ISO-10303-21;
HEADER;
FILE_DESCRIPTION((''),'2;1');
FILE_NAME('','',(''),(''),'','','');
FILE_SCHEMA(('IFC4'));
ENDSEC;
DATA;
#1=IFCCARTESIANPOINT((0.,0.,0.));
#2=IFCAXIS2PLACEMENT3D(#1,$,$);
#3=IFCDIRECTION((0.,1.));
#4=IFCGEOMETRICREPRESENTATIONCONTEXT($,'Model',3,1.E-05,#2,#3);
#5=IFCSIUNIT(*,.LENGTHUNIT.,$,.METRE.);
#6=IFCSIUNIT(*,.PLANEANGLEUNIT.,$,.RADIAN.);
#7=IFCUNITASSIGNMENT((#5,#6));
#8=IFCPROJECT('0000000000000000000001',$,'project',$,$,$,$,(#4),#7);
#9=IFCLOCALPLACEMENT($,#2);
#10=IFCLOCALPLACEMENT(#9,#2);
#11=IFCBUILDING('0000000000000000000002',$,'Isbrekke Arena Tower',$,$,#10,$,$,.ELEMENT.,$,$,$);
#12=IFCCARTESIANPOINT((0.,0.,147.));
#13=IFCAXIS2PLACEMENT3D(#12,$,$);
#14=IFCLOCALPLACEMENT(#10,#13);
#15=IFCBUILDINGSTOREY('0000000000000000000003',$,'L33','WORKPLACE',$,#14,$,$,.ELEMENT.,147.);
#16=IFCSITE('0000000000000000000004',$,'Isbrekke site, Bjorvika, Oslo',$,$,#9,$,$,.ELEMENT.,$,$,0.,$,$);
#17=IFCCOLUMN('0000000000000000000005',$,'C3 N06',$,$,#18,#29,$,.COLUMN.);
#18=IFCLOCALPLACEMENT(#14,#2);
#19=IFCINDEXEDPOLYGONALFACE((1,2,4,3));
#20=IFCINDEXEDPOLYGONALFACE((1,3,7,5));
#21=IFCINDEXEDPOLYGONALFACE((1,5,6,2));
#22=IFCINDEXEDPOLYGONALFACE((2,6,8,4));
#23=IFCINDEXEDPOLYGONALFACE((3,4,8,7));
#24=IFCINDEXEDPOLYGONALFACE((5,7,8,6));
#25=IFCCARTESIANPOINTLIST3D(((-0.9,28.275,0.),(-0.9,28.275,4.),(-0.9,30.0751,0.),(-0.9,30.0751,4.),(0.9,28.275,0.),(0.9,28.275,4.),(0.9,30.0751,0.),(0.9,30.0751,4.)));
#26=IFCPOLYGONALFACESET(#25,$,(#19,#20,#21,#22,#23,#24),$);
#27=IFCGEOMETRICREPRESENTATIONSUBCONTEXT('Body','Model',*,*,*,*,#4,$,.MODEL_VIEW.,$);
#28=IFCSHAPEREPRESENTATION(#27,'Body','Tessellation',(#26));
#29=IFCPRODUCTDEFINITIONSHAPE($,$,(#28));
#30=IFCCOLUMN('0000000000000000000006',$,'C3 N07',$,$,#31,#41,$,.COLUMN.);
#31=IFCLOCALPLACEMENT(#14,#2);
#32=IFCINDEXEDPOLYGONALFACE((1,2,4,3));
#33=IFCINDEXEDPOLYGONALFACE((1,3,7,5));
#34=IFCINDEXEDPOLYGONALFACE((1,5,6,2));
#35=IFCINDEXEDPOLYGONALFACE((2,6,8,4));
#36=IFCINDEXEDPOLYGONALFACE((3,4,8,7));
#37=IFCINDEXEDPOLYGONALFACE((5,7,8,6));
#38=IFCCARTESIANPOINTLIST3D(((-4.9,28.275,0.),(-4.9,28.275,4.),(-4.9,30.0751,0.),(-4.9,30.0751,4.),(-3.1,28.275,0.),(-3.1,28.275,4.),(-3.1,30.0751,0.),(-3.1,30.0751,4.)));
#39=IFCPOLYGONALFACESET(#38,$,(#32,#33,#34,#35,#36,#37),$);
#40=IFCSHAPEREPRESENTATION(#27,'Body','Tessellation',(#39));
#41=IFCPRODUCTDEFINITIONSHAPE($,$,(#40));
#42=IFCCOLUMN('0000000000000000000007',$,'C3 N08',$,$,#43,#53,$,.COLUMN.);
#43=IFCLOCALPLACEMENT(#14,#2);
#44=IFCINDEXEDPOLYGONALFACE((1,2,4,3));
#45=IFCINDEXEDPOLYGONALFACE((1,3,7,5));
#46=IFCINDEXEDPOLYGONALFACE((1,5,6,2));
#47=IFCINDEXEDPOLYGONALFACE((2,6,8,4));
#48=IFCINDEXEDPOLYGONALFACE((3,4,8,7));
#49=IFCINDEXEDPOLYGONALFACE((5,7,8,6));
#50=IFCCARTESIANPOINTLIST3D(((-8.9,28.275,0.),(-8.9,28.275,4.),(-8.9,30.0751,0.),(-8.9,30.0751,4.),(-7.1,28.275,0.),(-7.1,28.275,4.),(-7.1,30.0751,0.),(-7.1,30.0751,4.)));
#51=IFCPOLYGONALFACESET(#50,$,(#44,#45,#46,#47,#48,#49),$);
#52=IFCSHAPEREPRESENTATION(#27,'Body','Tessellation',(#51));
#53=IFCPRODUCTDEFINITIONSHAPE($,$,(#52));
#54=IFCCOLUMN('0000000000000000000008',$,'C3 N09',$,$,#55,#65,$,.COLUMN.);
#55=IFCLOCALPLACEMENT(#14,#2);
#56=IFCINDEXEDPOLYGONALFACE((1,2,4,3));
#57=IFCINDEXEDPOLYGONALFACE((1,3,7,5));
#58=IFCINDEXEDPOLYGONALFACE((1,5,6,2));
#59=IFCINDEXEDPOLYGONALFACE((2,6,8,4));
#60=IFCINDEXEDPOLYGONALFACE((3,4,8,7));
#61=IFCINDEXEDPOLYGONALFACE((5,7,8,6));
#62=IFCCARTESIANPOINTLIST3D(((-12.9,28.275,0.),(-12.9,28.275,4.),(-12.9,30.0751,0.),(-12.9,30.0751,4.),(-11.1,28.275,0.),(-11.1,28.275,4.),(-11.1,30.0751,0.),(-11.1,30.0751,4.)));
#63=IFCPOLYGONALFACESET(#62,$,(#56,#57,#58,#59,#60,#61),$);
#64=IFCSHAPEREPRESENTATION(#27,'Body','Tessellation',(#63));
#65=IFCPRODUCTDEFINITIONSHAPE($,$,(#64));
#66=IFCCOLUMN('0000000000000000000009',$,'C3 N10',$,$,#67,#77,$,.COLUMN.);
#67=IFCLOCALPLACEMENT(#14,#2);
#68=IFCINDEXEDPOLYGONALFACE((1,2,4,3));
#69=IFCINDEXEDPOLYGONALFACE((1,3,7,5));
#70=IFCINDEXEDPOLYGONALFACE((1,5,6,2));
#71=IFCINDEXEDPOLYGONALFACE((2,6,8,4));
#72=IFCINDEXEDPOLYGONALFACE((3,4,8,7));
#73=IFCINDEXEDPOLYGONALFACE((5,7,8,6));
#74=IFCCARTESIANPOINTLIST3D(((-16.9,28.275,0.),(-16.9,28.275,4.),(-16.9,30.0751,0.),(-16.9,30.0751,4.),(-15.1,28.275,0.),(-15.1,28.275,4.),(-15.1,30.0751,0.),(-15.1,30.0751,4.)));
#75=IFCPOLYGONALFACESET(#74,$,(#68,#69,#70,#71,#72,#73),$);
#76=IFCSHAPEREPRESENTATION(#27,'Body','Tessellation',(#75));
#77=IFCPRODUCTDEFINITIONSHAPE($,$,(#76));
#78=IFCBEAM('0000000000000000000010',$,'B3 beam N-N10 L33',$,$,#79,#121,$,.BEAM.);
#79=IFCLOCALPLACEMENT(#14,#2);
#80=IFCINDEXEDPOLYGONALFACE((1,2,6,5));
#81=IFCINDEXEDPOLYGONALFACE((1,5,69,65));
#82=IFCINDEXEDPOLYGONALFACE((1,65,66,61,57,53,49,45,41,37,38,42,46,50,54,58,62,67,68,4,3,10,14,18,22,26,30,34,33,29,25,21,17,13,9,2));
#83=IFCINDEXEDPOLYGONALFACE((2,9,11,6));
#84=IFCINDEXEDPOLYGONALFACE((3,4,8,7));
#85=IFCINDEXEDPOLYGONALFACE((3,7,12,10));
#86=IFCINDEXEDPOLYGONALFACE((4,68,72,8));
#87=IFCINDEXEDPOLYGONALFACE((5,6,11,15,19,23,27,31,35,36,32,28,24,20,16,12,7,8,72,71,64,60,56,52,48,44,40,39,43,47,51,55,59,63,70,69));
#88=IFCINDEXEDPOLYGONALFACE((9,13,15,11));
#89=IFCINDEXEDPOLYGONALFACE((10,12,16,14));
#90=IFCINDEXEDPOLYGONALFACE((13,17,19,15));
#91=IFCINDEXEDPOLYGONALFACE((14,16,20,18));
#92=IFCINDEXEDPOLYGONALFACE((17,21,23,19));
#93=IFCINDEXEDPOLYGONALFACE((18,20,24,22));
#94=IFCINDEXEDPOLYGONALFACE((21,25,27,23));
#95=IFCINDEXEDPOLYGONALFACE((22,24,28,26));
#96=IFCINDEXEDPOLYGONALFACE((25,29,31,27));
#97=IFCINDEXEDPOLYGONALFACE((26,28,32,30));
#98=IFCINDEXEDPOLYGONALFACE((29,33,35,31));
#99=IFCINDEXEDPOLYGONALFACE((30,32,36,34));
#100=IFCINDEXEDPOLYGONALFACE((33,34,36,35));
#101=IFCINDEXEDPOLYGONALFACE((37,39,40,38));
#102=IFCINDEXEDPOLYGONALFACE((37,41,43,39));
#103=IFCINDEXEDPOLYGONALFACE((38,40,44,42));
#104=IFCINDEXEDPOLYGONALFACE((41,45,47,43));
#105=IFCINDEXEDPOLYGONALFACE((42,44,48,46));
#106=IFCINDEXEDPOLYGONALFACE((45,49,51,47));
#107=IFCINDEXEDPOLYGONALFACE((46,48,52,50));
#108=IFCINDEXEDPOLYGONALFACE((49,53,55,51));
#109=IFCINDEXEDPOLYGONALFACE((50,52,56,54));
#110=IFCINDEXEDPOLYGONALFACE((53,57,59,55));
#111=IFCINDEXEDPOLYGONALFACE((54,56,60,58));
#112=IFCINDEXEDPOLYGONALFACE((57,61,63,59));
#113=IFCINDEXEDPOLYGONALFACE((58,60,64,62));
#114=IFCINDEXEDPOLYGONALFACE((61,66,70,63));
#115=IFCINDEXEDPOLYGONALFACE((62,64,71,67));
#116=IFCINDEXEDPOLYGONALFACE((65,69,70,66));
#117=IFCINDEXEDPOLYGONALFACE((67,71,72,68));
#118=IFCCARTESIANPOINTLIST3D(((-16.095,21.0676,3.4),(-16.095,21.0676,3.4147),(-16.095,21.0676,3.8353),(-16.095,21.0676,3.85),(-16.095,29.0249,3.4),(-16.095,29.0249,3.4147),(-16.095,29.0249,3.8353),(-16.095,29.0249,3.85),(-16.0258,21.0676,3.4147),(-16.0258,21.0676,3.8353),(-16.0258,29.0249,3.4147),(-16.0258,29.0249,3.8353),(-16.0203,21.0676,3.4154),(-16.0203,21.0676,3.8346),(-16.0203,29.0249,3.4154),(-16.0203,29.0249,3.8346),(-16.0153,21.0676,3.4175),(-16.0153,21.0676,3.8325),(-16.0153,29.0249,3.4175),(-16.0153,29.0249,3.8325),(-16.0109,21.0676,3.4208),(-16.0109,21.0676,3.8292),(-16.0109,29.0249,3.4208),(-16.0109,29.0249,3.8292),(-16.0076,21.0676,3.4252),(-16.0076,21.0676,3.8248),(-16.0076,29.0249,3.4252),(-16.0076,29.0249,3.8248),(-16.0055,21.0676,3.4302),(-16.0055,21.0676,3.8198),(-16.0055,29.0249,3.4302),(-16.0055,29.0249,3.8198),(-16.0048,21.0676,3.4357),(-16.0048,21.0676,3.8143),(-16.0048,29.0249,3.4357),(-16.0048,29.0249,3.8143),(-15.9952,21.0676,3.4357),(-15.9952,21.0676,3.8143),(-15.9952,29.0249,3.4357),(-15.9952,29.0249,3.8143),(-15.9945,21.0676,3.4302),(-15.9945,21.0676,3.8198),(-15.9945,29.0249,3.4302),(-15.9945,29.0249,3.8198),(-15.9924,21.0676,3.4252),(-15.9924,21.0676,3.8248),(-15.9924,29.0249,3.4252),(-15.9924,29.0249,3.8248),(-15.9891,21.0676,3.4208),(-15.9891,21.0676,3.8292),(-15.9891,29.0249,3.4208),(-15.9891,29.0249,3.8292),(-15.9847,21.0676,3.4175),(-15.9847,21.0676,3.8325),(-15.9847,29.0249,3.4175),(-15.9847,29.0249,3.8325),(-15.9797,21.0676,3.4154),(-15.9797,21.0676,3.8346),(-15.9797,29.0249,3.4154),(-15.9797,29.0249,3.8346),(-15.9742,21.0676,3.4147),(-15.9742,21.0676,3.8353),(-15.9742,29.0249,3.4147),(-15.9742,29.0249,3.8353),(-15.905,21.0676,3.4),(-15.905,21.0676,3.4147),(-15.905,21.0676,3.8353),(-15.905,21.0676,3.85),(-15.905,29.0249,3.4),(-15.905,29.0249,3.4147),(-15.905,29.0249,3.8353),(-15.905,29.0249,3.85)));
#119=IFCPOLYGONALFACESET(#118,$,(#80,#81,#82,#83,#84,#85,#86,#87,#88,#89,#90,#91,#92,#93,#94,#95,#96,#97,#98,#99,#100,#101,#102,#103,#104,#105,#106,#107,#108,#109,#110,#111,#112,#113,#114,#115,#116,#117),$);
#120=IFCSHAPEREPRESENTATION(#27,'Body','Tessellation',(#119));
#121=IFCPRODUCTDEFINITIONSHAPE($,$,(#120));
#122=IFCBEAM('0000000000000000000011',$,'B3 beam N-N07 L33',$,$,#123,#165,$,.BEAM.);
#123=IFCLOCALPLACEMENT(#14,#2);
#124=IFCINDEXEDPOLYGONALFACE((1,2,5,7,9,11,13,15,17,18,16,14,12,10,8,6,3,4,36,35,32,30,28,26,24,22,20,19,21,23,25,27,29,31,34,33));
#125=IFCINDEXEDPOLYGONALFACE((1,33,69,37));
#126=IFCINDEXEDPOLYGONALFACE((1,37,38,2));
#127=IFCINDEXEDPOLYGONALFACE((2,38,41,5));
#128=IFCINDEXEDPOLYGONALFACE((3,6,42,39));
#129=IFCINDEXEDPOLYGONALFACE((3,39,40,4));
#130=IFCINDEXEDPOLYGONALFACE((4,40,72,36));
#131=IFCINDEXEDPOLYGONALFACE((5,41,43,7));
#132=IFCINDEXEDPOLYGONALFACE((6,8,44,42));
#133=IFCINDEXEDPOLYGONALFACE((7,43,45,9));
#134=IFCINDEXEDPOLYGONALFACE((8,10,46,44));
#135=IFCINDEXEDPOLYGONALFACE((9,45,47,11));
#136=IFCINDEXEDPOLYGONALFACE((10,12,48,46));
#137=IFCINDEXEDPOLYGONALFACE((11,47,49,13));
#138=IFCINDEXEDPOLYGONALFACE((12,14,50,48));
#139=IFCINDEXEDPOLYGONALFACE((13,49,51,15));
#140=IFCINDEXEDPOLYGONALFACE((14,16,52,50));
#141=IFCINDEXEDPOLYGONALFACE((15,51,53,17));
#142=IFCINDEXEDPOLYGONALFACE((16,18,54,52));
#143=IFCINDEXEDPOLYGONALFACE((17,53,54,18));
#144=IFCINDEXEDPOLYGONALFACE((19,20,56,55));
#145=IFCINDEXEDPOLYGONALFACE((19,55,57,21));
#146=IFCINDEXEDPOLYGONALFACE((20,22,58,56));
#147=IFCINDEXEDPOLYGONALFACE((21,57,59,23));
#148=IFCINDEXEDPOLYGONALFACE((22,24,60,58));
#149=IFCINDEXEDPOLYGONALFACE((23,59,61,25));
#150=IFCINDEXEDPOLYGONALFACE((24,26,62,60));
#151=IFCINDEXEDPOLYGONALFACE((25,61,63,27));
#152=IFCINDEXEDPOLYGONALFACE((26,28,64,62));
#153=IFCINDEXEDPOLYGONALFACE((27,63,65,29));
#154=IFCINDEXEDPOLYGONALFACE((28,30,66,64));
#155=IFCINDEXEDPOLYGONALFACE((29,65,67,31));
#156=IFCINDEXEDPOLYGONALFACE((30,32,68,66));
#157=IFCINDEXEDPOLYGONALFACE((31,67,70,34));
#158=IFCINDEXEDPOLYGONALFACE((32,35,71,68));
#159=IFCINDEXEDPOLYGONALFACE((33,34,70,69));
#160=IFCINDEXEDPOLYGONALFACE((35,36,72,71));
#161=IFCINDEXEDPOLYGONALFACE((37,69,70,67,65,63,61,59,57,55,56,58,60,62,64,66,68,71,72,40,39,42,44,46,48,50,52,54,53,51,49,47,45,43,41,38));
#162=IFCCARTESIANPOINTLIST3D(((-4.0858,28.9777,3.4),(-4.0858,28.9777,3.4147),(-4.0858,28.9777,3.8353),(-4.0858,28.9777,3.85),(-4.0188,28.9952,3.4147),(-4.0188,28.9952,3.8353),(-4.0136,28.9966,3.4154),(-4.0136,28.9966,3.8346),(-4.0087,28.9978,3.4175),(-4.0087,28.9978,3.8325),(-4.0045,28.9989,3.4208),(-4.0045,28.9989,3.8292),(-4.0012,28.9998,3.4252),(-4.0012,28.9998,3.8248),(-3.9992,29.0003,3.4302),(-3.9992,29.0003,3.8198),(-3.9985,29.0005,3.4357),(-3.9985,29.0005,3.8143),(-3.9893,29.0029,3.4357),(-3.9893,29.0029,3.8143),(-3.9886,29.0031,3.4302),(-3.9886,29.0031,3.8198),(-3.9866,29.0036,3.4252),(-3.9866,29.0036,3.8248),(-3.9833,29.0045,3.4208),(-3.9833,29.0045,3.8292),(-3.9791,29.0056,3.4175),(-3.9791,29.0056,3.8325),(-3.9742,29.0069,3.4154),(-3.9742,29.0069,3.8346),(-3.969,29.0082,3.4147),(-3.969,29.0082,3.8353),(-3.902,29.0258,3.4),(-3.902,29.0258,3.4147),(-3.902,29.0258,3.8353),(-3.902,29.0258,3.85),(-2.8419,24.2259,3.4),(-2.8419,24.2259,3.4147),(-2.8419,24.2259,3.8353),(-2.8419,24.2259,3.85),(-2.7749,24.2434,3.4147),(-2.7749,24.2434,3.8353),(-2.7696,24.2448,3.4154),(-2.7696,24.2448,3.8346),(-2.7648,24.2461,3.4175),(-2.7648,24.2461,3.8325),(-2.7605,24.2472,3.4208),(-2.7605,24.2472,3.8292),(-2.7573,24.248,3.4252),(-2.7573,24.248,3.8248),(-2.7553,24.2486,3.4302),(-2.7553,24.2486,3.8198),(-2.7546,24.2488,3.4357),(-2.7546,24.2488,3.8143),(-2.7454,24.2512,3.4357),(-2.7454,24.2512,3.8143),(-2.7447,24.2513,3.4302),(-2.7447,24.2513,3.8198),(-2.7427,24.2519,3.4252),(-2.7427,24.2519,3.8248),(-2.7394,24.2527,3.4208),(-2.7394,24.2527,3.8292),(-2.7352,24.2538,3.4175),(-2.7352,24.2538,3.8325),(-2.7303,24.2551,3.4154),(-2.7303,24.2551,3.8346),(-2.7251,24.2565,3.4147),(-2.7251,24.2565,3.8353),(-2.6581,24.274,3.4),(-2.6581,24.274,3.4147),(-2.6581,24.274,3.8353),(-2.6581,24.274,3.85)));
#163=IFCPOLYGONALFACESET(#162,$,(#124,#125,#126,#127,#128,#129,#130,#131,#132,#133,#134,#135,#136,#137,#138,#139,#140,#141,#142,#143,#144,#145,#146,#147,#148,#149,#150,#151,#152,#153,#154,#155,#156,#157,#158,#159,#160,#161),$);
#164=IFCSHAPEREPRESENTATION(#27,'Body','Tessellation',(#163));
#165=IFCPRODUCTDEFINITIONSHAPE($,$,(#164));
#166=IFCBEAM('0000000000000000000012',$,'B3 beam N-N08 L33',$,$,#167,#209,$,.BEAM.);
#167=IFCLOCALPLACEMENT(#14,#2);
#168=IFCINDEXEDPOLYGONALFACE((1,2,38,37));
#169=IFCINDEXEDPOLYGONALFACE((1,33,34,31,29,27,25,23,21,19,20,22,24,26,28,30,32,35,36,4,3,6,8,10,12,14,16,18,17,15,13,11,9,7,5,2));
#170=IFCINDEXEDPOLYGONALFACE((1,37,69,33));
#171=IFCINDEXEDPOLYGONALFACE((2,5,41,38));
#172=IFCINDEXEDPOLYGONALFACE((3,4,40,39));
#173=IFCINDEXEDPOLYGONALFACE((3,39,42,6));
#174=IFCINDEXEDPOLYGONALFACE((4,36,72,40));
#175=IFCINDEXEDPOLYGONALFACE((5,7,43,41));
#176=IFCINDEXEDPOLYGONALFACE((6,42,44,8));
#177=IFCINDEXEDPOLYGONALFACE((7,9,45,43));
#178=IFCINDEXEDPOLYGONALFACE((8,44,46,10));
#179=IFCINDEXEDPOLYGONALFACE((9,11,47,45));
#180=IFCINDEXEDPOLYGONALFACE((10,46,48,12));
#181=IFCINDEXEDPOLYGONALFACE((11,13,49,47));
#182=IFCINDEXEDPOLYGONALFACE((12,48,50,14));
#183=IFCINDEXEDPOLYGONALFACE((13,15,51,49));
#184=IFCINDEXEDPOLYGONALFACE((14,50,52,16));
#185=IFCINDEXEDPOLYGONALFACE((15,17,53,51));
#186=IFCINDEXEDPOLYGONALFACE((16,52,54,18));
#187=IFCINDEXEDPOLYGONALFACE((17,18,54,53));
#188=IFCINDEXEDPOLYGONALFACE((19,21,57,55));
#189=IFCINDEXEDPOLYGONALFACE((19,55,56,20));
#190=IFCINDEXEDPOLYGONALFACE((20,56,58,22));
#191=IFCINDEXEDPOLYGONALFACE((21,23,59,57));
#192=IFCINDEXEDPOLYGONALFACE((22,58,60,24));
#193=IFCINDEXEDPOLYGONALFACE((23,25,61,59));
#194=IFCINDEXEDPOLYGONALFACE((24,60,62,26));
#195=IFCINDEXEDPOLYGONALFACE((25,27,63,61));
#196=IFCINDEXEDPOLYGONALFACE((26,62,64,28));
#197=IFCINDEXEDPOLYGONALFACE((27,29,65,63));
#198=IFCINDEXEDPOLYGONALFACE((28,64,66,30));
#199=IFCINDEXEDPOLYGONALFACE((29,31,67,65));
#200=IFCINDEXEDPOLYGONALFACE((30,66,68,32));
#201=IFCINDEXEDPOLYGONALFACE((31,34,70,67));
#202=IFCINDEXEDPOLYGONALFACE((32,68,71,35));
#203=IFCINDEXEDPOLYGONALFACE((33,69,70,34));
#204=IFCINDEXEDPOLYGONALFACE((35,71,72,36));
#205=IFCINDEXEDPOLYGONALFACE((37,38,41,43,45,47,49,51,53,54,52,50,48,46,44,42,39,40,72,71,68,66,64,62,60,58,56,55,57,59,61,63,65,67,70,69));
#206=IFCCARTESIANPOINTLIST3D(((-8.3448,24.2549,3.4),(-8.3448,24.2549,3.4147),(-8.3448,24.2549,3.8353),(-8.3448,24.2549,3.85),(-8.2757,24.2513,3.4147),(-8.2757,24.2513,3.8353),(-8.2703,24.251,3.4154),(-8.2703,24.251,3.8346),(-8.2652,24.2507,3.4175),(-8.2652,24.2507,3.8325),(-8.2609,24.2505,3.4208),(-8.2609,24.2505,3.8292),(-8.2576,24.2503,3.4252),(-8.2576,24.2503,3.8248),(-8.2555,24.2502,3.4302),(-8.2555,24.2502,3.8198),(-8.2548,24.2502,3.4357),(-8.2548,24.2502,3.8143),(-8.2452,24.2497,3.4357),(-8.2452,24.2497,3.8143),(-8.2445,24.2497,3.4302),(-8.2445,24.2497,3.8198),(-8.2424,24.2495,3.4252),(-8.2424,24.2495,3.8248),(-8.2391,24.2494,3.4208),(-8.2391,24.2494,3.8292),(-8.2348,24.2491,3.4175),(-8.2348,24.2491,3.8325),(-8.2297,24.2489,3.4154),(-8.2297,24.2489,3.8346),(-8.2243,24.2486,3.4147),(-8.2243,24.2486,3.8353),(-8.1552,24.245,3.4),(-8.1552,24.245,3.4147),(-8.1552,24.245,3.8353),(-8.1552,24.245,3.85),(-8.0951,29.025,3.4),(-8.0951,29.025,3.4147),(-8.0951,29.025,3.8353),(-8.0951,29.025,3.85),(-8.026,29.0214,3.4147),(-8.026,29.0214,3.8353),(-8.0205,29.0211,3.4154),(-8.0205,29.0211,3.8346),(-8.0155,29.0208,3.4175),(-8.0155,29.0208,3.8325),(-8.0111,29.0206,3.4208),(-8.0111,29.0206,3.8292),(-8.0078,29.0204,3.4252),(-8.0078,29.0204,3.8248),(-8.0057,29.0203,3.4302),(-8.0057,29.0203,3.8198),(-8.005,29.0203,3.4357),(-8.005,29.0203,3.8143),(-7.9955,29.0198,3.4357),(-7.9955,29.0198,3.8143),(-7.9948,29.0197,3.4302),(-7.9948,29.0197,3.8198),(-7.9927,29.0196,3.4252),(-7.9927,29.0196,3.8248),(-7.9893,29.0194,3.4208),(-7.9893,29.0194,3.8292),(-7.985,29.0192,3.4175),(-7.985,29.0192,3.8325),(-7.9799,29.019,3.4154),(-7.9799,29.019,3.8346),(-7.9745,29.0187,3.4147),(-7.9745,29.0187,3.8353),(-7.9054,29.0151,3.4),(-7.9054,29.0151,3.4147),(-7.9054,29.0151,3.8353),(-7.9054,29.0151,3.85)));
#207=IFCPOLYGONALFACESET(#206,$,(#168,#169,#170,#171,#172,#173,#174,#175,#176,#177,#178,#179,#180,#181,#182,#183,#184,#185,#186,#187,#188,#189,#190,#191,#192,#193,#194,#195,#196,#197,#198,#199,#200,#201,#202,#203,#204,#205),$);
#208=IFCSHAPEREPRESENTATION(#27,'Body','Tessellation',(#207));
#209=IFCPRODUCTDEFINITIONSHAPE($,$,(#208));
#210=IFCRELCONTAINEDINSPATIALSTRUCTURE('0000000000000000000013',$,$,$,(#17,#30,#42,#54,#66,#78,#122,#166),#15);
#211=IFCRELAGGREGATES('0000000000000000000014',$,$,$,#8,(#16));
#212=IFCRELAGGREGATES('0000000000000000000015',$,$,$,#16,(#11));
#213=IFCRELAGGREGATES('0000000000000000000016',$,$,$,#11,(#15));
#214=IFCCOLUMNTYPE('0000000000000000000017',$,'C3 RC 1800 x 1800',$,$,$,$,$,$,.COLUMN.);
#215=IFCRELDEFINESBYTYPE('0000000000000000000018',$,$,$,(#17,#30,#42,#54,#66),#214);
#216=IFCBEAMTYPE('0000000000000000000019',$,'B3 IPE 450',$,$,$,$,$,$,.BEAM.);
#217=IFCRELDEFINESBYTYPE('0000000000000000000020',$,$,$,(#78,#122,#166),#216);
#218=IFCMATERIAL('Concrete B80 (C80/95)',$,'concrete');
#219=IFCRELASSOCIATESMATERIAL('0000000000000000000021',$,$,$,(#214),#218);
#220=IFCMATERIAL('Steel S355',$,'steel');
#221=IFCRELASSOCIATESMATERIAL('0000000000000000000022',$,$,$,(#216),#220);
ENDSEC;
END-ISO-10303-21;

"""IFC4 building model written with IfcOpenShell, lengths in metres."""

from ifc_helpers import new_model, si_unit, direction, frame, origin, origin_2d, place, context, subcontext, project, spatial, rectangle, i_section, extrude, material, material_profile, profile_set, type_object, element, save


model = new_model("IFC4")

# Units and contexts
model_context = context("Model", 3, precision=1e-05, world=origin(), true_north=direction((0.0, 1.0)))
body_context = subcontext(model_context, "Body", "Model", "MODEL_VIEW")
ifc_project = project(units=[si_unit("LENGTHUNIT", "METRE"), si_unit("PLANEANGLEUNIT", "RADIAN")], contexts=[model_context])

# Site, building, storey
site_placement = place(None, origin())
site = spatial("IfcSite", under=ifc_project, at=site_placement, Name="Isbrekke site, Bjorvika, Oslo", CompositionType="ELEMENT", RefElevation=0.0)
building_placement = place(site_placement, origin())
building = spatial("IfcBuilding", under=site, at=building_placement, Name="Isbrekke Arena Tower", CompositionType="ELEMENT")
storey_placement = place(building_placement, frame((0.0, 0.0, 147.0)))
storey = spatial("IfcBuildingStorey", under=building, at=storey_placement, Name="L33", Description="WORKPLACE", CompositionType="ELEMENT", Elevation=147.0)

# Columns
ifc_material_1 = material(Name="Concrete B80 (C80/95)", Category="concrete")
ifc_material_profile_1 = material_profile(ifc_material_1, rectangle(XDim=1.8, YDim=1.8, at=origin_2d()), Name="RC 1800x1800")
ifc_profile_set_1 = profile_set([ifc_material_profile_1], Name="Concrete B80 (C80/95)")
column_type = type_object("IfcColumnType", Name="C3 RC 1800 x 1800", PredefinedType="COLUMN", material=ifc_profile_set_1)
for number, where, z_axis, x_axis, name in (
    (1, (0.0, 29.175, 0.0), (0.0, 0.0, 1.0), (-1.0, 0.0, 0.0), "C3 N06"),
    (2, (-4.0, 29.175, 0.0), (0.0, 0.0, 1.0), (-1.0, 0.0, 0.0), "C3 N07"),
    (3, (-8.0, 29.175, 0.0), (0.0, 0.0, 1.0), (-1.0, 0.0, 0.0), "C3 N08"),
    (4, (-12.0, 29.175, 0.0), (0.0, 0.0, 1.0), (-1.0, 0.0, 0.0), "C3 N09"),
    (5, (-16.0, 29.175, 0.0), (0.0, 0.0, 1.0), (-1.0, 0.0, 0.0), "C3 N10"),
):
    element("IfcColumn", number, at=place(storey_placement, frame(where, z_axis=z_axis, x_axis=x_axis)), inside=storey, type_object=column_type, Name=name, PredefinedType="COLUMN", context=body_context, shape_type="SweptSolid", body=[
        extrude(rectangle(XDim=1.8, YDim=1.8, at=origin_2d()), origin(), (0.0, 0.0, 1.0), 4.0),
    ])

# Beams
ifc_material_2 = material(Name="Steel S355", Category="steel")
ifc_material_profile_2 = material_profile(ifc_material_2, i_section(OverallWidth=0.1899, OverallDepth=0.45, WebThickness=0.0095, FlangeThickness=0.0146, FilletRadius=0.021, at=origin_2d()), Name="IPE 450")
ifc_profile_set_2 = profile_set([ifc_material_profile_2], Name="Steel S355")
beam_type_1 = type_object("IfcBeamType", Name="B3 IPE 450", PredefinedType="BEAM", material=ifc_profile_set_2)
beam_1_placement = place(storey_placement, frame((-16.0, 29.0249, 3.625), z_axis=(0.0, -1.0, 0.0), x_axis=(1.0, 0.0, 0.0)))
element("IfcBeam", 6, at=beam_1_placement, inside=storey, type_object=beam_type_1, Name="B3 beam N-N10 L33", PredefinedType="BEAM", context=body_context, shape_type="SweptSolid", body=[
    extrude(i_section(OverallWidth=0.1899, OverallDepth=0.45, WebThickness=0.0095, FlangeThickness=0.0146, FilletRadius=0.021, at=origin_2d()), origin(), (0.0, 0.0, 1.0), 7.9573),
])
beam_2_placement = place(storey_placement, frame((-3.9939, 29.0017, 3.625), z_axis=(0.253245, -0.967402, 0.0), x_axis=(0.967402, 0.253245, 0.0)))
element("IfcBeam", 7, at=beam_2_placement, inside=storey, type_object=beam_type_1, Name="B3 beam N-N07 L33", PredefinedType="BEAM", context=body_context, shape_type="SweptSolid", body=[
    extrude(i_section(OverallWidth=0.1899, OverallDepth=0.45, WebThickness=0.0095, FlangeThickness=0.0146, FilletRadius=0.021, at=origin_2d()), origin(), (0.0, 0.0, 1.0), 4.9119),
])
beam_3_placement = place(storey_placement, frame((-8.0002, 29.02, 3.625), z_axis=(-0.052288, -0.998632, 0.0), x_axis=(0.998632, -0.052288, 0.0)))
element("IfcBeam", 8, at=beam_3_placement, inside=storey, type_object=beam_type_1, Name="B3 beam N-N08 L33", PredefinedType="BEAM", context=body_context, shape_type="SweptSolid", body=[
    extrude(i_section(OverallWidth=0.1899, OverallDepth=0.45, WebThickness=0.0095, FlangeThickness=0.0146, FilletRadius=0.021, at=origin_2d()), origin(), (0.0, 0.0, 1.0), 4.7766),
])

save(model, "model.ifc")
